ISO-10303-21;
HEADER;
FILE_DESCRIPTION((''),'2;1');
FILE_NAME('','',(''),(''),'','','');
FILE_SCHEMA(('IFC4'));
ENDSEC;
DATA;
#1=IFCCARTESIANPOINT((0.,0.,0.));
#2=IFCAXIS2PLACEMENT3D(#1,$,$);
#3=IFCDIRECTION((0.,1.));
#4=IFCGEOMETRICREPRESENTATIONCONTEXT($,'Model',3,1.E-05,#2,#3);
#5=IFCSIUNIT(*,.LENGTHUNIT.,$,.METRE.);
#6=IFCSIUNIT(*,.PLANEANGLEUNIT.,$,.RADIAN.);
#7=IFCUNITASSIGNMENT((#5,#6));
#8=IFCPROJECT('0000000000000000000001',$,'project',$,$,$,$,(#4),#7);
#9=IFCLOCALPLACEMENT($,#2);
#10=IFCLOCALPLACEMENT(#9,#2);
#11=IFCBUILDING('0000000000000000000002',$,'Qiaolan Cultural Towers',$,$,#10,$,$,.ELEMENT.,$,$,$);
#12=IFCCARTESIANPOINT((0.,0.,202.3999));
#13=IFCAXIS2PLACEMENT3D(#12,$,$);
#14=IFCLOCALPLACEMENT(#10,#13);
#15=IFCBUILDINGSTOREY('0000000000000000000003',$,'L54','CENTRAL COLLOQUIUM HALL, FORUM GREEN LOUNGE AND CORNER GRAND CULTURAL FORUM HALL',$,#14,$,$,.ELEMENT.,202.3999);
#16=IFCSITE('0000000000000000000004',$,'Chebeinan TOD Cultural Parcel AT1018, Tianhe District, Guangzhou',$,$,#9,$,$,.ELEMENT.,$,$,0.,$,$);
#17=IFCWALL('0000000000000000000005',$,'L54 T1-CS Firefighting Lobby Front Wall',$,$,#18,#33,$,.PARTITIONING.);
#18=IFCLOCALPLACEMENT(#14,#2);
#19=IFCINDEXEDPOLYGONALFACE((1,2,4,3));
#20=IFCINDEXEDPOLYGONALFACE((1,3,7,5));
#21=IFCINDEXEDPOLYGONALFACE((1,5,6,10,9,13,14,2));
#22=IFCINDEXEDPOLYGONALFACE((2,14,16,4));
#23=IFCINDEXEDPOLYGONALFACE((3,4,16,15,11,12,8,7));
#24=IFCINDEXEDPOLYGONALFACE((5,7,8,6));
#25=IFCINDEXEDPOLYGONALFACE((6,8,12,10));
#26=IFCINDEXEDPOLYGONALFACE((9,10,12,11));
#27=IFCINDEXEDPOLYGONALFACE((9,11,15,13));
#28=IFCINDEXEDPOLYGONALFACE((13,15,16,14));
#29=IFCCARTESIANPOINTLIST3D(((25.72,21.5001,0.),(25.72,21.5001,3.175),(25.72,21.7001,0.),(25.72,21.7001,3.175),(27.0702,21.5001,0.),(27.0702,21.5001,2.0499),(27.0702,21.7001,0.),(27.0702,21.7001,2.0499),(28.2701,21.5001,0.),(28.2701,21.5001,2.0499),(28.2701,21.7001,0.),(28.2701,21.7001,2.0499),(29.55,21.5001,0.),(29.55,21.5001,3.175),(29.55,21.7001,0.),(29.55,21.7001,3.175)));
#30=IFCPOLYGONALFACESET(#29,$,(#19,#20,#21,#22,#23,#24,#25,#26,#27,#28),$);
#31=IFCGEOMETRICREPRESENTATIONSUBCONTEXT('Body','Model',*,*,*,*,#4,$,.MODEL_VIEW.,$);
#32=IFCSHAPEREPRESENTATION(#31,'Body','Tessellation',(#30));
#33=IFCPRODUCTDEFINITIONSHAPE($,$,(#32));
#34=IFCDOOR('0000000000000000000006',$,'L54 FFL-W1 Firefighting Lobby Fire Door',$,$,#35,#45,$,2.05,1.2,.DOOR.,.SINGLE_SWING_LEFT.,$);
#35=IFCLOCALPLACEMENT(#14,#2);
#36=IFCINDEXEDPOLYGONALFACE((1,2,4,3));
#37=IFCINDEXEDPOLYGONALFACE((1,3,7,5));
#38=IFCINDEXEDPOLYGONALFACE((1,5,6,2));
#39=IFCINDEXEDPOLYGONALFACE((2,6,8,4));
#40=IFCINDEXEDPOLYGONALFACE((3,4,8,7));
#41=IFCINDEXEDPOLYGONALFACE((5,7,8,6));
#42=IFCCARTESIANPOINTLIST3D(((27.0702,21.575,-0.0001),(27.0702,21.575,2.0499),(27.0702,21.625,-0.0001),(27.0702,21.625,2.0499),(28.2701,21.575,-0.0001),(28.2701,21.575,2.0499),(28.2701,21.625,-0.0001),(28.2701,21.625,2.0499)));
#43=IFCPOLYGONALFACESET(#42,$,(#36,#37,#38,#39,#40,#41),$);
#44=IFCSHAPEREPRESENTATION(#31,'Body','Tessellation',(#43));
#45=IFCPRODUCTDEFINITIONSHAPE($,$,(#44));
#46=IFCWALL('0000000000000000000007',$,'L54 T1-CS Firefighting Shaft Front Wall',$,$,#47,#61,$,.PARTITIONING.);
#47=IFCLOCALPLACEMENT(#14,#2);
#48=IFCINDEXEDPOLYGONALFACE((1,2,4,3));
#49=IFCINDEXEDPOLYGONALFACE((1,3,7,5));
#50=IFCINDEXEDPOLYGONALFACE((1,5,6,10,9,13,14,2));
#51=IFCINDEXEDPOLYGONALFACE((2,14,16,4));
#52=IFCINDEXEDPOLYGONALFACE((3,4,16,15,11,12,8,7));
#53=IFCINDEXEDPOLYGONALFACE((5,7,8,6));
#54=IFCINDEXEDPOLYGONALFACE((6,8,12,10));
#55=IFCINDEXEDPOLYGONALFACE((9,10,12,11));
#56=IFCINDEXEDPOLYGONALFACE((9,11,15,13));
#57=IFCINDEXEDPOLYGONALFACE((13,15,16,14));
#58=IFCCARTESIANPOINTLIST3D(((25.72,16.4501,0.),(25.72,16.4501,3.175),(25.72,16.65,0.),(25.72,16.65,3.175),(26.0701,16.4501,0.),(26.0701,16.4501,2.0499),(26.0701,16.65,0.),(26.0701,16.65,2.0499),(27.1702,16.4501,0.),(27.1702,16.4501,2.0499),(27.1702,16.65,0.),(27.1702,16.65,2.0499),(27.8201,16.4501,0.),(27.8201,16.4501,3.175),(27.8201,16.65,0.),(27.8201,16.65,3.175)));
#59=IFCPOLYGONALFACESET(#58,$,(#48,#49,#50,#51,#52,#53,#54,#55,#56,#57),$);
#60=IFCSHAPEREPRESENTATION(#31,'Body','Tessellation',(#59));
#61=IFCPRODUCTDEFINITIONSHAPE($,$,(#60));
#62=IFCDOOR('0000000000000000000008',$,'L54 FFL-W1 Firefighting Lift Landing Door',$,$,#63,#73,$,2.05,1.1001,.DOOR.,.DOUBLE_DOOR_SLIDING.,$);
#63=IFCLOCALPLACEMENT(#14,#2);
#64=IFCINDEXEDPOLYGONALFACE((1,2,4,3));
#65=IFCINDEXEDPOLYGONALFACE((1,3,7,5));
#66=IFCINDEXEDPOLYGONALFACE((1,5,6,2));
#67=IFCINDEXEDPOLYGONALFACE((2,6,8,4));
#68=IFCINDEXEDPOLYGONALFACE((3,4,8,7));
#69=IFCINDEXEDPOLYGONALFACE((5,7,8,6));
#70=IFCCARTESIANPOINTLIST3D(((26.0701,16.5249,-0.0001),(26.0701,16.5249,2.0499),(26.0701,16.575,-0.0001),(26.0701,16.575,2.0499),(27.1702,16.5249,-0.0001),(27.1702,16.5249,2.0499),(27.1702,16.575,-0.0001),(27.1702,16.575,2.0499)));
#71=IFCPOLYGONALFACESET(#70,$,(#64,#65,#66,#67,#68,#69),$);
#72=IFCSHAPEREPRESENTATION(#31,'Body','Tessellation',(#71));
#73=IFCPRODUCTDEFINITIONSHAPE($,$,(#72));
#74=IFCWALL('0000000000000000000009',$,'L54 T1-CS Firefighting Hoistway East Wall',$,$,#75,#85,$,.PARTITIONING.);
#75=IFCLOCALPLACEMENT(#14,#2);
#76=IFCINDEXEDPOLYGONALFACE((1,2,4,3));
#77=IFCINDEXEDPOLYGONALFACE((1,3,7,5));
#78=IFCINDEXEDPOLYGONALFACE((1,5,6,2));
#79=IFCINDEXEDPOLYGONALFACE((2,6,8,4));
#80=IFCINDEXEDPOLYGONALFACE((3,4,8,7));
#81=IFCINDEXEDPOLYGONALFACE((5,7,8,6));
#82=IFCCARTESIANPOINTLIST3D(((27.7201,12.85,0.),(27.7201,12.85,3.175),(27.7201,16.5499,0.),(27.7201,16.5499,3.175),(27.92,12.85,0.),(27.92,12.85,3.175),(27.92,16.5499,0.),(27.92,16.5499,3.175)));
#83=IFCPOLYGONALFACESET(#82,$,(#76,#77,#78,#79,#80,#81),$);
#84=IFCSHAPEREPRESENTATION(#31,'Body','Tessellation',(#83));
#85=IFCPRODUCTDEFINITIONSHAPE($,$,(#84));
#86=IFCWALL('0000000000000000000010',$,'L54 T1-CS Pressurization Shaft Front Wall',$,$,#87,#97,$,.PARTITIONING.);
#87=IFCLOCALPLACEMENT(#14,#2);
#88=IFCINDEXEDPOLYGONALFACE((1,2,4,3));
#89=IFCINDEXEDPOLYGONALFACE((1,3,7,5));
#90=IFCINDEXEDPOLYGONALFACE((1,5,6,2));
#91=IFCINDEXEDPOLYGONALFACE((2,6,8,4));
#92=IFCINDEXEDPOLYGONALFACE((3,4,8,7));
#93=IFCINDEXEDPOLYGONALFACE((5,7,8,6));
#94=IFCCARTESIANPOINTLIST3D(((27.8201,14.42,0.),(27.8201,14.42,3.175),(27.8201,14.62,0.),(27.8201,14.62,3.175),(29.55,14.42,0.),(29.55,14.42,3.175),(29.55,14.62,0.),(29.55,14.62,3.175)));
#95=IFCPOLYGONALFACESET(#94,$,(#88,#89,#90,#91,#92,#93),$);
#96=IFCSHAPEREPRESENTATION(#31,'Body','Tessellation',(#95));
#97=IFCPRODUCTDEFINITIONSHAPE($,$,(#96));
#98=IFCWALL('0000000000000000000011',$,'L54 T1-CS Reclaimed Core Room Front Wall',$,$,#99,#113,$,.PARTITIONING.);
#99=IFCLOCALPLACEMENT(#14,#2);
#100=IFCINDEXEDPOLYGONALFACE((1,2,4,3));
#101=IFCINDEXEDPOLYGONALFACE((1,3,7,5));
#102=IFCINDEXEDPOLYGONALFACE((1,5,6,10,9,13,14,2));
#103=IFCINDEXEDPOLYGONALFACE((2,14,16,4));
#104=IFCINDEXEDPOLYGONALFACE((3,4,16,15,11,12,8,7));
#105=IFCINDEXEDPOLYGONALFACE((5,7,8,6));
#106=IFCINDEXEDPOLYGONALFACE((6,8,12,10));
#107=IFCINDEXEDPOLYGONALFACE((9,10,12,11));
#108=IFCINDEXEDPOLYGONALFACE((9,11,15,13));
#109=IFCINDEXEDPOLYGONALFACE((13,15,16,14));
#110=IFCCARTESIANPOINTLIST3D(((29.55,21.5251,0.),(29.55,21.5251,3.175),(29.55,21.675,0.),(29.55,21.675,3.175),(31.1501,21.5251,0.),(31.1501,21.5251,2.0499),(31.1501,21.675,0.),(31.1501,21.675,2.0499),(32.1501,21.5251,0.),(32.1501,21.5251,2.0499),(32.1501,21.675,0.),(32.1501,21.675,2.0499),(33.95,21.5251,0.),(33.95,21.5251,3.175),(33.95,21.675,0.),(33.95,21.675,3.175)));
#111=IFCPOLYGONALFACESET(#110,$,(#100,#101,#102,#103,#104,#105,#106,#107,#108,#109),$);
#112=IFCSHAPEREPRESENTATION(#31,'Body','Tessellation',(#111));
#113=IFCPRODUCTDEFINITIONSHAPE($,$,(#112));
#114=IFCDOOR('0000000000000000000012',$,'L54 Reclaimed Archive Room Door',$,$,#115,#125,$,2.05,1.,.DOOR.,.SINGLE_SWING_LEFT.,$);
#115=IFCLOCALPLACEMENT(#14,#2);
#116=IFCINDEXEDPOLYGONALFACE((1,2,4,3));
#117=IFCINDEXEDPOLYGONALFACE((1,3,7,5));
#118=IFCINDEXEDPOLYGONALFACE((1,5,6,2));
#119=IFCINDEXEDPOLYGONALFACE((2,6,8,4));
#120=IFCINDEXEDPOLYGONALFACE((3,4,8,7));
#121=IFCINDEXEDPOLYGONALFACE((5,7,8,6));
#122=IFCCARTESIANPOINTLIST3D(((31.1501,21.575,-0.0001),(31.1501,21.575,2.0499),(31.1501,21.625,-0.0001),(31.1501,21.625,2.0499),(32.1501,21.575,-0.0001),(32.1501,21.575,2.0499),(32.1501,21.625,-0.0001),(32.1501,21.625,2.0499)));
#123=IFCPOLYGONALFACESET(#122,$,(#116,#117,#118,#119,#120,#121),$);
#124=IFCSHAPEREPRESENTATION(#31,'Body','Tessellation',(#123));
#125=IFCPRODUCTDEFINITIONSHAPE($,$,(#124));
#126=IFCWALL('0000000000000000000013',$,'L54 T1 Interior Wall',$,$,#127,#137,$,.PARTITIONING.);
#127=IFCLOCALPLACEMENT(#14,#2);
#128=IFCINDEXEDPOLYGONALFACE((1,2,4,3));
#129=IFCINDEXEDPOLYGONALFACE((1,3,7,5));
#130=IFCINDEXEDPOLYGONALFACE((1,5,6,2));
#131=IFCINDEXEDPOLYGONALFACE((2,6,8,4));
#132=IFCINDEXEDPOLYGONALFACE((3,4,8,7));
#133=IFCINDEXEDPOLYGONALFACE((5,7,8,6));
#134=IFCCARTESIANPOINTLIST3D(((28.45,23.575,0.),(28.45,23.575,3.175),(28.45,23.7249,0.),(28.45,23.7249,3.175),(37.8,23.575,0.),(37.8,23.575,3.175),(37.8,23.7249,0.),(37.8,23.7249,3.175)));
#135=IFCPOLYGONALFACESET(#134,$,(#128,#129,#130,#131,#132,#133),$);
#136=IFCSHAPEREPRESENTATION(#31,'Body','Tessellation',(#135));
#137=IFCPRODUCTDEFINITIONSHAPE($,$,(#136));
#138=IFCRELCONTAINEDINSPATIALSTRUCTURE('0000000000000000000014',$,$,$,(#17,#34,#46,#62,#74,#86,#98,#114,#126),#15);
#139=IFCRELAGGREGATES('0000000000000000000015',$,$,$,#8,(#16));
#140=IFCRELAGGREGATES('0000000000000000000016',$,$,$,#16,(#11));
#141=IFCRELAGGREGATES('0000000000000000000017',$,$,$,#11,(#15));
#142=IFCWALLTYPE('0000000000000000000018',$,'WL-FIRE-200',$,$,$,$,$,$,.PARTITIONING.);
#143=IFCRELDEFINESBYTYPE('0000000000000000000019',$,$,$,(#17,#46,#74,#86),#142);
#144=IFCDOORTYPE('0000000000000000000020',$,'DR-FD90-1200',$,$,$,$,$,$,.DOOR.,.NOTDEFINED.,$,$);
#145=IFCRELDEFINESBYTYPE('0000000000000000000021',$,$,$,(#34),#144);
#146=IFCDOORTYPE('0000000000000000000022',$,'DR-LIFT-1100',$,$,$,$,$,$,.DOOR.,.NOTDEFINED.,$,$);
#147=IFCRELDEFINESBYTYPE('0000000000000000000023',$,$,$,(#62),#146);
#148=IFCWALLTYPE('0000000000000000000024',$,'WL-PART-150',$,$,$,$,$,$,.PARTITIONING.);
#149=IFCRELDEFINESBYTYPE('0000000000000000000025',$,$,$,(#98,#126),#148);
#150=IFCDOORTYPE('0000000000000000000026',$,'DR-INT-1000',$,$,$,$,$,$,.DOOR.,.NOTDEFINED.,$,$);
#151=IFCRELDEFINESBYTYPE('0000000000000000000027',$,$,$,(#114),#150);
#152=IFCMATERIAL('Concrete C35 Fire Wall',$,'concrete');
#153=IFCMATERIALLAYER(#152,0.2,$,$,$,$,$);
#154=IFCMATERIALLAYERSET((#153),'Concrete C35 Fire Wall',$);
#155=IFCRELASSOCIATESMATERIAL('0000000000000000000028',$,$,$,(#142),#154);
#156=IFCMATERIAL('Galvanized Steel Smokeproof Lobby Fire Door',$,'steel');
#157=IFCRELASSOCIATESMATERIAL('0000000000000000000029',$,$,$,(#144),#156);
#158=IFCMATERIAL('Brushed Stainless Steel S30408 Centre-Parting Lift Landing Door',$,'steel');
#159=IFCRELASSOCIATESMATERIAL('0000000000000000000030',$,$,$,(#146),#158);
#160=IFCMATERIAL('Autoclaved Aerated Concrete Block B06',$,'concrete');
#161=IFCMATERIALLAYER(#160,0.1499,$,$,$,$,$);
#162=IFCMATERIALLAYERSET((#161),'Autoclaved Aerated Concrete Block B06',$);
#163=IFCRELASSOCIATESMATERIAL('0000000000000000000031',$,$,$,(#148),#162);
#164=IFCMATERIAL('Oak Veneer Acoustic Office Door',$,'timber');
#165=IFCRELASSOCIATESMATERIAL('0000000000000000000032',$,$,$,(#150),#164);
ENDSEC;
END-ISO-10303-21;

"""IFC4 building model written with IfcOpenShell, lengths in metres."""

from ifc_helpers import new_model, si_unit, direction, frame, frame_2d, origin, place, context, subcontext, project, spatial, rectangle, extrude, material, layer, layer_set, type_object, element, fill, save


model = new_model("IFC4")

# Units and contexts
model_context = context("Model", 3, precision=1e-05, world=origin(), true_north=direction((0.0, 1.0)))
body_context = subcontext(model_context, "Body", "Model", "MODEL_VIEW")
ifc_project = project(units=[si_unit("LENGTHUNIT", "METRE"), si_unit("PLANEANGLEUNIT", "RADIAN")], contexts=[model_context])

# Site, building, storey
site_placement = place(None, origin())
site = spatial("IfcSite", under=ifc_project, at=site_placement, Name="Chebeinan TOD Cultural Parcel AT1018, Tianhe District, Guangzhou", CompositionType="ELEMENT", RefElevation=0.0)
building_placement = place(site_placement, origin())
building = spatial("IfcBuilding", under=site, at=building_placement, Name="Qiaolan Cultural Towers", CompositionType="ELEMENT")
storey_placement = place(building_placement, frame((0.0, 0.0, 202.3999)))
storey = spatial("IfcBuildingStorey", under=building, at=storey_placement, Name="L54", Description="CENTRAL COLLOQUIUM HALL, FORUM GREEN LOUNGE AND CORNER GRAND CULTURAL FORUM HALL", CompositionType="ELEMENT", Elevation=202.3999)

# Shared definitions
ifc_material_1 = material(Name="Concrete C35 Fire Wall", Category="concrete")
ifc_layer_1 = layer(ifc_material_1, 0.2)
ifc_layer_set_1 = layer_set([ifc_layer_1], Name="Concrete C35 Fire Wall")
wall_type_1 = type_object("IfcWallType", Name="WL-FIRE-200", PredefinedType="PARTITIONING", material=ifc_layer_set_1)

# Walls, openings, doors
wall_1_placement = place(storey_placement, frame((25.72, 21.6001, 0.0), z_axis=(0.0, 0.0, 1.0), x_axis=(1.0, 0.0, 0.0)))
wall_1 = element("IfcWall", 1, at=wall_1_placement, inside=storey, type_object=wall_type_1, Name="L54 T1-CS Firefighting Lobby Front Wall", PredefinedType="PARTITIONING", context=body_context, shape_type="SweptSolid", body=[
    extrude(rectangle(XDim=3.8301, YDim=0.2, at=frame_2d((1.915, 0.0))), origin(), (0.0, 0.0, 1.0), 3.175),
])
opening_1_placement = place(wall_1_placement, frame((1.3501, 0.0, 0.0)))
opening_1 = element("IfcOpeningElement", 2, at=opening_1_placement, cuts=wall_1, PredefinedType="OPENING", context=body_context, shape_type="SweptSolid", body=[
    extrude(rectangle(XDim=1.2, YDim=2.05, at=frame_2d((0.6001, 1.0249))), frame((0.0, 0.1099, 0.0), z_axis=(0.0, -1.0, 0.0), x_axis=(1.0, 0.0, 0.0)), (0.0, 0.0, 1.0), 0.22),
])
ifc_material_2 = material(Name="Galvanized Steel Smokeproof Lobby Fire Door", Category="steel")
door_type_1 = type_object("IfcDoorType", Name="DR-FD90-1200", OperationType="NOTDEFINED", PredefinedType="DOOR", material=ifc_material_2)
door_1_placement = place(opening_1_placement, origin())
door_1 = element("IfcDoor", 3, at=door_1_placement, inside=storey, type_object=door_type_1, Name="L54 FFL-W1 Firefighting Lobby Fire Door", OperationType="SINGLE_SWING_LEFT", OverallHeight=2.05, OverallWidth=1.2, PredefinedType="DOOR", context=body_context, shape_type="SweptSolid", body=[
    extrude(rectangle(XDim=1.2, YDim=2.05, at=frame_2d((0.6001, 1.0249))), frame((0.0, 0.0249, 0.0), z_axis=(0.0, -1.0, 0.0), x_axis=(1.0, 0.0, 0.0)), (0.0, 0.0, 1.0), 0.05),
])
fill(opening_1, door_1)
wall_2_placement = place(storey_placement, frame((25.72, 16.55, 0.0), z_axis=(0.0, 0.0, 1.0), x_axis=(1.0, 0.0, 0.0)))
wall_2 = element("IfcWall", 4, at=wall_2_placement, inside=storey, type_object=wall_type_1, Name="L54 T1-CS Firefighting Shaft Front Wall", PredefinedType="PARTITIONING", context=body_context, shape_type="SweptSolid", body=[
    extrude(rectangle(XDim=2.1001, YDim=0.2, at=frame_2d((1.05, 0.0))), origin(), (0.0, 0.0, 1.0), 3.175),
])
opening_2_placement = place(wall_2_placement, frame((0.3501, 0.0, 0.0)))
opening_2 = element("IfcOpeningElement", 5, at=opening_2_placement, cuts=wall_2, PredefinedType="OPENING", context=body_context, shape_type="SweptSolid", body=[
    extrude(rectangle(XDim=1.1001, YDim=2.05, at=frame_2d((0.55, 1.0249))), frame((0.0, 0.1099, 0.0), z_axis=(0.0, -1.0, 0.0), x_axis=(1.0, 0.0, 0.0)), (0.0, 0.0, 1.0), 0.22),
])
ifc_material_3 = material(Name="Brushed Stainless Steel S30408 Centre-Parting Lift Landing Door", Category="steel")
door_type_2 = type_object("IfcDoorType", Name="DR-LIFT-1100", OperationType="NOTDEFINED", PredefinedType="DOOR", material=ifc_material_3)
door_2_placement = place(opening_2_placement, origin())
door_2 = element("IfcDoor", 6, at=door_2_placement, inside=storey, type_object=door_type_2, Name="L54 FFL-W1 Firefighting Lift Landing Door", OperationType="DOUBLE_DOOR_SLIDING", OverallHeight=2.05, OverallWidth=1.1001, PredefinedType="DOOR", context=body_context, shape_type="SweptSolid", body=[
    extrude(rectangle(XDim=1.1001, YDim=2.05, at=frame_2d((0.55, 1.0249))), frame((0.0, 0.0249, 0.0), z_axis=(0.0, -1.0, 0.0), x_axis=(1.0, 0.0, 0.0)), (0.0, 0.0, 1.0), 0.05),
])
fill(opening_2, door_2)

# Walls
wall_3_placement = place(storey_placement, frame((27.8201, 16.55, 0.0), z_axis=(0.0, 0.0, 1.0), x_axis=(0.0, -1.0, 0.0)))
element("IfcWall", 7, at=wall_3_placement, inside=storey, type_object=wall_type_1, Name="L54 T1-CS Firefighting Hoistway East Wall", PredefinedType="PARTITIONING", context=body_context, shape_type="SweptSolid", body=[
    extrude(rectangle(XDim=3.7, YDim=0.2, at=frame_2d((1.8501, 0.0))), origin(), (0.0, 0.0, 1.0), 3.175),
])
wall_4_placement = place(storey_placement, frame((27.8201, 14.52, 0.0), z_axis=(0.0, 0.0, 1.0), x_axis=(1.0, 0.0, 0.0)))
element("IfcWall", 8, at=wall_4_placement, inside=storey, type_object=wall_type_1, Name="L54 T1-CS Pressurization Shaft Front Wall", PredefinedType="PARTITIONING", context=body_context, shape_type="SweptSolid", body=[
    extrude(rectangle(XDim=1.73, YDim=0.2, at=frame_2d((0.865, 0.0))), origin(), (0.0, 0.0, 1.0), 3.175),
])

# Wall, opening, door
ifc_material_4 = material(Name="Autoclaved Aerated Concrete Block B06", Category="concrete")
ifc_layer_2 = layer(ifc_material_4, 0.1499)
ifc_layer_set_2 = layer_set([ifc_layer_2], Name="Autoclaved Aerated Concrete Block B06")
wall_type_2 = type_object("IfcWallType", Name="WL-PART-150", PredefinedType="PARTITIONING", material=ifc_layer_set_2)
wall_5_placement = place(storey_placement, frame((29.55, 21.6001, 0.0), z_axis=(0.0, 0.0, 1.0), x_axis=(1.0, 0.0, 0.0)))
wall_5 = element("IfcWall", 9, at=wall_5_placement, inside=storey, type_object=wall_type_2, Name="L54 T1-CS Reclaimed Core Room Front Wall", PredefinedType="PARTITIONING", context=body_context, shape_type="SweptSolid", body=[
    extrude(rectangle(XDim=4.3999, YDim=0.1499, at=frame_2d((2.2, 0.0))), origin(), (0.0, 0.0, 1.0), 3.175),
])
opening_3_placement = place(wall_5_placement, frame((1.6001, 0.0, 0.0)))
opening_3 = element("IfcOpeningElement", 10, at=opening_3_placement, cuts=wall_5, PredefinedType="OPENING", context=body_context, shape_type="SweptSolid", body=[
    extrude(rectangle(XDim=1.0, YDim=2.05, at=frame_2d((0.5, 1.0249))), frame((0.0, 0.085, 0.0), z_axis=(0.0, -1.0, 0.0), x_axis=(1.0, 0.0, 0.0)), (0.0, 0.0, 1.0), 0.1699),
])
ifc_material_5 = material(Name="Oak Veneer Acoustic Office Door", Category="timber")
door_type_3 = type_object("IfcDoorType", Name="DR-INT-1000", OperationType="NOTDEFINED", PredefinedType="DOOR", material=ifc_material_5)
door_3_placement = place(opening_3_placement, origin())
door_3 = element("IfcDoor", 11, at=door_3_placement, inside=storey, type_object=door_type_3, Name="L54 Reclaimed Archive Room Door", OperationType="SINGLE_SWING_LEFT", OverallHeight=2.05, OverallWidth=1.0, PredefinedType="DOOR", context=body_context, shape_type="SweptSolid", body=[
    extrude(rectangle(XDim=1.0, YDim=2.05, at=frame_2d((0.5, 1.0249))), frame((0.0, 0.0249, 0.0), z_axis=(0.0, -1.0, 0.0), x_axis=(1.0, 0.0, 0.0)), (0.0, 0.0, 1.0), 0.05),
])
fill(opening_3, door_3)

# Wall
wall_6_placement = place(storey_placement, frame((28.45, 23.6499, 0.0), z_axis=(0.0, 0.0, 1.0), x_axis=(1.0, 0.0, 0.0)))
element("IfcWall", 12, at=wall_6_placement, inside=storey, type_object=wall_type_2, Name="L54 T1 Interior Wall", PredefinedType="PARTITIONING", context=body_context, shape_type="SweptSolid", body=[
    extrude(rectangle(XDim=9.3501, YDim=0.1499, at=frame_2d((4.675, 0.0))), origin(), (0.0, 0.0, 1.0), 3.175),
])

save(model, "model.ifc")
